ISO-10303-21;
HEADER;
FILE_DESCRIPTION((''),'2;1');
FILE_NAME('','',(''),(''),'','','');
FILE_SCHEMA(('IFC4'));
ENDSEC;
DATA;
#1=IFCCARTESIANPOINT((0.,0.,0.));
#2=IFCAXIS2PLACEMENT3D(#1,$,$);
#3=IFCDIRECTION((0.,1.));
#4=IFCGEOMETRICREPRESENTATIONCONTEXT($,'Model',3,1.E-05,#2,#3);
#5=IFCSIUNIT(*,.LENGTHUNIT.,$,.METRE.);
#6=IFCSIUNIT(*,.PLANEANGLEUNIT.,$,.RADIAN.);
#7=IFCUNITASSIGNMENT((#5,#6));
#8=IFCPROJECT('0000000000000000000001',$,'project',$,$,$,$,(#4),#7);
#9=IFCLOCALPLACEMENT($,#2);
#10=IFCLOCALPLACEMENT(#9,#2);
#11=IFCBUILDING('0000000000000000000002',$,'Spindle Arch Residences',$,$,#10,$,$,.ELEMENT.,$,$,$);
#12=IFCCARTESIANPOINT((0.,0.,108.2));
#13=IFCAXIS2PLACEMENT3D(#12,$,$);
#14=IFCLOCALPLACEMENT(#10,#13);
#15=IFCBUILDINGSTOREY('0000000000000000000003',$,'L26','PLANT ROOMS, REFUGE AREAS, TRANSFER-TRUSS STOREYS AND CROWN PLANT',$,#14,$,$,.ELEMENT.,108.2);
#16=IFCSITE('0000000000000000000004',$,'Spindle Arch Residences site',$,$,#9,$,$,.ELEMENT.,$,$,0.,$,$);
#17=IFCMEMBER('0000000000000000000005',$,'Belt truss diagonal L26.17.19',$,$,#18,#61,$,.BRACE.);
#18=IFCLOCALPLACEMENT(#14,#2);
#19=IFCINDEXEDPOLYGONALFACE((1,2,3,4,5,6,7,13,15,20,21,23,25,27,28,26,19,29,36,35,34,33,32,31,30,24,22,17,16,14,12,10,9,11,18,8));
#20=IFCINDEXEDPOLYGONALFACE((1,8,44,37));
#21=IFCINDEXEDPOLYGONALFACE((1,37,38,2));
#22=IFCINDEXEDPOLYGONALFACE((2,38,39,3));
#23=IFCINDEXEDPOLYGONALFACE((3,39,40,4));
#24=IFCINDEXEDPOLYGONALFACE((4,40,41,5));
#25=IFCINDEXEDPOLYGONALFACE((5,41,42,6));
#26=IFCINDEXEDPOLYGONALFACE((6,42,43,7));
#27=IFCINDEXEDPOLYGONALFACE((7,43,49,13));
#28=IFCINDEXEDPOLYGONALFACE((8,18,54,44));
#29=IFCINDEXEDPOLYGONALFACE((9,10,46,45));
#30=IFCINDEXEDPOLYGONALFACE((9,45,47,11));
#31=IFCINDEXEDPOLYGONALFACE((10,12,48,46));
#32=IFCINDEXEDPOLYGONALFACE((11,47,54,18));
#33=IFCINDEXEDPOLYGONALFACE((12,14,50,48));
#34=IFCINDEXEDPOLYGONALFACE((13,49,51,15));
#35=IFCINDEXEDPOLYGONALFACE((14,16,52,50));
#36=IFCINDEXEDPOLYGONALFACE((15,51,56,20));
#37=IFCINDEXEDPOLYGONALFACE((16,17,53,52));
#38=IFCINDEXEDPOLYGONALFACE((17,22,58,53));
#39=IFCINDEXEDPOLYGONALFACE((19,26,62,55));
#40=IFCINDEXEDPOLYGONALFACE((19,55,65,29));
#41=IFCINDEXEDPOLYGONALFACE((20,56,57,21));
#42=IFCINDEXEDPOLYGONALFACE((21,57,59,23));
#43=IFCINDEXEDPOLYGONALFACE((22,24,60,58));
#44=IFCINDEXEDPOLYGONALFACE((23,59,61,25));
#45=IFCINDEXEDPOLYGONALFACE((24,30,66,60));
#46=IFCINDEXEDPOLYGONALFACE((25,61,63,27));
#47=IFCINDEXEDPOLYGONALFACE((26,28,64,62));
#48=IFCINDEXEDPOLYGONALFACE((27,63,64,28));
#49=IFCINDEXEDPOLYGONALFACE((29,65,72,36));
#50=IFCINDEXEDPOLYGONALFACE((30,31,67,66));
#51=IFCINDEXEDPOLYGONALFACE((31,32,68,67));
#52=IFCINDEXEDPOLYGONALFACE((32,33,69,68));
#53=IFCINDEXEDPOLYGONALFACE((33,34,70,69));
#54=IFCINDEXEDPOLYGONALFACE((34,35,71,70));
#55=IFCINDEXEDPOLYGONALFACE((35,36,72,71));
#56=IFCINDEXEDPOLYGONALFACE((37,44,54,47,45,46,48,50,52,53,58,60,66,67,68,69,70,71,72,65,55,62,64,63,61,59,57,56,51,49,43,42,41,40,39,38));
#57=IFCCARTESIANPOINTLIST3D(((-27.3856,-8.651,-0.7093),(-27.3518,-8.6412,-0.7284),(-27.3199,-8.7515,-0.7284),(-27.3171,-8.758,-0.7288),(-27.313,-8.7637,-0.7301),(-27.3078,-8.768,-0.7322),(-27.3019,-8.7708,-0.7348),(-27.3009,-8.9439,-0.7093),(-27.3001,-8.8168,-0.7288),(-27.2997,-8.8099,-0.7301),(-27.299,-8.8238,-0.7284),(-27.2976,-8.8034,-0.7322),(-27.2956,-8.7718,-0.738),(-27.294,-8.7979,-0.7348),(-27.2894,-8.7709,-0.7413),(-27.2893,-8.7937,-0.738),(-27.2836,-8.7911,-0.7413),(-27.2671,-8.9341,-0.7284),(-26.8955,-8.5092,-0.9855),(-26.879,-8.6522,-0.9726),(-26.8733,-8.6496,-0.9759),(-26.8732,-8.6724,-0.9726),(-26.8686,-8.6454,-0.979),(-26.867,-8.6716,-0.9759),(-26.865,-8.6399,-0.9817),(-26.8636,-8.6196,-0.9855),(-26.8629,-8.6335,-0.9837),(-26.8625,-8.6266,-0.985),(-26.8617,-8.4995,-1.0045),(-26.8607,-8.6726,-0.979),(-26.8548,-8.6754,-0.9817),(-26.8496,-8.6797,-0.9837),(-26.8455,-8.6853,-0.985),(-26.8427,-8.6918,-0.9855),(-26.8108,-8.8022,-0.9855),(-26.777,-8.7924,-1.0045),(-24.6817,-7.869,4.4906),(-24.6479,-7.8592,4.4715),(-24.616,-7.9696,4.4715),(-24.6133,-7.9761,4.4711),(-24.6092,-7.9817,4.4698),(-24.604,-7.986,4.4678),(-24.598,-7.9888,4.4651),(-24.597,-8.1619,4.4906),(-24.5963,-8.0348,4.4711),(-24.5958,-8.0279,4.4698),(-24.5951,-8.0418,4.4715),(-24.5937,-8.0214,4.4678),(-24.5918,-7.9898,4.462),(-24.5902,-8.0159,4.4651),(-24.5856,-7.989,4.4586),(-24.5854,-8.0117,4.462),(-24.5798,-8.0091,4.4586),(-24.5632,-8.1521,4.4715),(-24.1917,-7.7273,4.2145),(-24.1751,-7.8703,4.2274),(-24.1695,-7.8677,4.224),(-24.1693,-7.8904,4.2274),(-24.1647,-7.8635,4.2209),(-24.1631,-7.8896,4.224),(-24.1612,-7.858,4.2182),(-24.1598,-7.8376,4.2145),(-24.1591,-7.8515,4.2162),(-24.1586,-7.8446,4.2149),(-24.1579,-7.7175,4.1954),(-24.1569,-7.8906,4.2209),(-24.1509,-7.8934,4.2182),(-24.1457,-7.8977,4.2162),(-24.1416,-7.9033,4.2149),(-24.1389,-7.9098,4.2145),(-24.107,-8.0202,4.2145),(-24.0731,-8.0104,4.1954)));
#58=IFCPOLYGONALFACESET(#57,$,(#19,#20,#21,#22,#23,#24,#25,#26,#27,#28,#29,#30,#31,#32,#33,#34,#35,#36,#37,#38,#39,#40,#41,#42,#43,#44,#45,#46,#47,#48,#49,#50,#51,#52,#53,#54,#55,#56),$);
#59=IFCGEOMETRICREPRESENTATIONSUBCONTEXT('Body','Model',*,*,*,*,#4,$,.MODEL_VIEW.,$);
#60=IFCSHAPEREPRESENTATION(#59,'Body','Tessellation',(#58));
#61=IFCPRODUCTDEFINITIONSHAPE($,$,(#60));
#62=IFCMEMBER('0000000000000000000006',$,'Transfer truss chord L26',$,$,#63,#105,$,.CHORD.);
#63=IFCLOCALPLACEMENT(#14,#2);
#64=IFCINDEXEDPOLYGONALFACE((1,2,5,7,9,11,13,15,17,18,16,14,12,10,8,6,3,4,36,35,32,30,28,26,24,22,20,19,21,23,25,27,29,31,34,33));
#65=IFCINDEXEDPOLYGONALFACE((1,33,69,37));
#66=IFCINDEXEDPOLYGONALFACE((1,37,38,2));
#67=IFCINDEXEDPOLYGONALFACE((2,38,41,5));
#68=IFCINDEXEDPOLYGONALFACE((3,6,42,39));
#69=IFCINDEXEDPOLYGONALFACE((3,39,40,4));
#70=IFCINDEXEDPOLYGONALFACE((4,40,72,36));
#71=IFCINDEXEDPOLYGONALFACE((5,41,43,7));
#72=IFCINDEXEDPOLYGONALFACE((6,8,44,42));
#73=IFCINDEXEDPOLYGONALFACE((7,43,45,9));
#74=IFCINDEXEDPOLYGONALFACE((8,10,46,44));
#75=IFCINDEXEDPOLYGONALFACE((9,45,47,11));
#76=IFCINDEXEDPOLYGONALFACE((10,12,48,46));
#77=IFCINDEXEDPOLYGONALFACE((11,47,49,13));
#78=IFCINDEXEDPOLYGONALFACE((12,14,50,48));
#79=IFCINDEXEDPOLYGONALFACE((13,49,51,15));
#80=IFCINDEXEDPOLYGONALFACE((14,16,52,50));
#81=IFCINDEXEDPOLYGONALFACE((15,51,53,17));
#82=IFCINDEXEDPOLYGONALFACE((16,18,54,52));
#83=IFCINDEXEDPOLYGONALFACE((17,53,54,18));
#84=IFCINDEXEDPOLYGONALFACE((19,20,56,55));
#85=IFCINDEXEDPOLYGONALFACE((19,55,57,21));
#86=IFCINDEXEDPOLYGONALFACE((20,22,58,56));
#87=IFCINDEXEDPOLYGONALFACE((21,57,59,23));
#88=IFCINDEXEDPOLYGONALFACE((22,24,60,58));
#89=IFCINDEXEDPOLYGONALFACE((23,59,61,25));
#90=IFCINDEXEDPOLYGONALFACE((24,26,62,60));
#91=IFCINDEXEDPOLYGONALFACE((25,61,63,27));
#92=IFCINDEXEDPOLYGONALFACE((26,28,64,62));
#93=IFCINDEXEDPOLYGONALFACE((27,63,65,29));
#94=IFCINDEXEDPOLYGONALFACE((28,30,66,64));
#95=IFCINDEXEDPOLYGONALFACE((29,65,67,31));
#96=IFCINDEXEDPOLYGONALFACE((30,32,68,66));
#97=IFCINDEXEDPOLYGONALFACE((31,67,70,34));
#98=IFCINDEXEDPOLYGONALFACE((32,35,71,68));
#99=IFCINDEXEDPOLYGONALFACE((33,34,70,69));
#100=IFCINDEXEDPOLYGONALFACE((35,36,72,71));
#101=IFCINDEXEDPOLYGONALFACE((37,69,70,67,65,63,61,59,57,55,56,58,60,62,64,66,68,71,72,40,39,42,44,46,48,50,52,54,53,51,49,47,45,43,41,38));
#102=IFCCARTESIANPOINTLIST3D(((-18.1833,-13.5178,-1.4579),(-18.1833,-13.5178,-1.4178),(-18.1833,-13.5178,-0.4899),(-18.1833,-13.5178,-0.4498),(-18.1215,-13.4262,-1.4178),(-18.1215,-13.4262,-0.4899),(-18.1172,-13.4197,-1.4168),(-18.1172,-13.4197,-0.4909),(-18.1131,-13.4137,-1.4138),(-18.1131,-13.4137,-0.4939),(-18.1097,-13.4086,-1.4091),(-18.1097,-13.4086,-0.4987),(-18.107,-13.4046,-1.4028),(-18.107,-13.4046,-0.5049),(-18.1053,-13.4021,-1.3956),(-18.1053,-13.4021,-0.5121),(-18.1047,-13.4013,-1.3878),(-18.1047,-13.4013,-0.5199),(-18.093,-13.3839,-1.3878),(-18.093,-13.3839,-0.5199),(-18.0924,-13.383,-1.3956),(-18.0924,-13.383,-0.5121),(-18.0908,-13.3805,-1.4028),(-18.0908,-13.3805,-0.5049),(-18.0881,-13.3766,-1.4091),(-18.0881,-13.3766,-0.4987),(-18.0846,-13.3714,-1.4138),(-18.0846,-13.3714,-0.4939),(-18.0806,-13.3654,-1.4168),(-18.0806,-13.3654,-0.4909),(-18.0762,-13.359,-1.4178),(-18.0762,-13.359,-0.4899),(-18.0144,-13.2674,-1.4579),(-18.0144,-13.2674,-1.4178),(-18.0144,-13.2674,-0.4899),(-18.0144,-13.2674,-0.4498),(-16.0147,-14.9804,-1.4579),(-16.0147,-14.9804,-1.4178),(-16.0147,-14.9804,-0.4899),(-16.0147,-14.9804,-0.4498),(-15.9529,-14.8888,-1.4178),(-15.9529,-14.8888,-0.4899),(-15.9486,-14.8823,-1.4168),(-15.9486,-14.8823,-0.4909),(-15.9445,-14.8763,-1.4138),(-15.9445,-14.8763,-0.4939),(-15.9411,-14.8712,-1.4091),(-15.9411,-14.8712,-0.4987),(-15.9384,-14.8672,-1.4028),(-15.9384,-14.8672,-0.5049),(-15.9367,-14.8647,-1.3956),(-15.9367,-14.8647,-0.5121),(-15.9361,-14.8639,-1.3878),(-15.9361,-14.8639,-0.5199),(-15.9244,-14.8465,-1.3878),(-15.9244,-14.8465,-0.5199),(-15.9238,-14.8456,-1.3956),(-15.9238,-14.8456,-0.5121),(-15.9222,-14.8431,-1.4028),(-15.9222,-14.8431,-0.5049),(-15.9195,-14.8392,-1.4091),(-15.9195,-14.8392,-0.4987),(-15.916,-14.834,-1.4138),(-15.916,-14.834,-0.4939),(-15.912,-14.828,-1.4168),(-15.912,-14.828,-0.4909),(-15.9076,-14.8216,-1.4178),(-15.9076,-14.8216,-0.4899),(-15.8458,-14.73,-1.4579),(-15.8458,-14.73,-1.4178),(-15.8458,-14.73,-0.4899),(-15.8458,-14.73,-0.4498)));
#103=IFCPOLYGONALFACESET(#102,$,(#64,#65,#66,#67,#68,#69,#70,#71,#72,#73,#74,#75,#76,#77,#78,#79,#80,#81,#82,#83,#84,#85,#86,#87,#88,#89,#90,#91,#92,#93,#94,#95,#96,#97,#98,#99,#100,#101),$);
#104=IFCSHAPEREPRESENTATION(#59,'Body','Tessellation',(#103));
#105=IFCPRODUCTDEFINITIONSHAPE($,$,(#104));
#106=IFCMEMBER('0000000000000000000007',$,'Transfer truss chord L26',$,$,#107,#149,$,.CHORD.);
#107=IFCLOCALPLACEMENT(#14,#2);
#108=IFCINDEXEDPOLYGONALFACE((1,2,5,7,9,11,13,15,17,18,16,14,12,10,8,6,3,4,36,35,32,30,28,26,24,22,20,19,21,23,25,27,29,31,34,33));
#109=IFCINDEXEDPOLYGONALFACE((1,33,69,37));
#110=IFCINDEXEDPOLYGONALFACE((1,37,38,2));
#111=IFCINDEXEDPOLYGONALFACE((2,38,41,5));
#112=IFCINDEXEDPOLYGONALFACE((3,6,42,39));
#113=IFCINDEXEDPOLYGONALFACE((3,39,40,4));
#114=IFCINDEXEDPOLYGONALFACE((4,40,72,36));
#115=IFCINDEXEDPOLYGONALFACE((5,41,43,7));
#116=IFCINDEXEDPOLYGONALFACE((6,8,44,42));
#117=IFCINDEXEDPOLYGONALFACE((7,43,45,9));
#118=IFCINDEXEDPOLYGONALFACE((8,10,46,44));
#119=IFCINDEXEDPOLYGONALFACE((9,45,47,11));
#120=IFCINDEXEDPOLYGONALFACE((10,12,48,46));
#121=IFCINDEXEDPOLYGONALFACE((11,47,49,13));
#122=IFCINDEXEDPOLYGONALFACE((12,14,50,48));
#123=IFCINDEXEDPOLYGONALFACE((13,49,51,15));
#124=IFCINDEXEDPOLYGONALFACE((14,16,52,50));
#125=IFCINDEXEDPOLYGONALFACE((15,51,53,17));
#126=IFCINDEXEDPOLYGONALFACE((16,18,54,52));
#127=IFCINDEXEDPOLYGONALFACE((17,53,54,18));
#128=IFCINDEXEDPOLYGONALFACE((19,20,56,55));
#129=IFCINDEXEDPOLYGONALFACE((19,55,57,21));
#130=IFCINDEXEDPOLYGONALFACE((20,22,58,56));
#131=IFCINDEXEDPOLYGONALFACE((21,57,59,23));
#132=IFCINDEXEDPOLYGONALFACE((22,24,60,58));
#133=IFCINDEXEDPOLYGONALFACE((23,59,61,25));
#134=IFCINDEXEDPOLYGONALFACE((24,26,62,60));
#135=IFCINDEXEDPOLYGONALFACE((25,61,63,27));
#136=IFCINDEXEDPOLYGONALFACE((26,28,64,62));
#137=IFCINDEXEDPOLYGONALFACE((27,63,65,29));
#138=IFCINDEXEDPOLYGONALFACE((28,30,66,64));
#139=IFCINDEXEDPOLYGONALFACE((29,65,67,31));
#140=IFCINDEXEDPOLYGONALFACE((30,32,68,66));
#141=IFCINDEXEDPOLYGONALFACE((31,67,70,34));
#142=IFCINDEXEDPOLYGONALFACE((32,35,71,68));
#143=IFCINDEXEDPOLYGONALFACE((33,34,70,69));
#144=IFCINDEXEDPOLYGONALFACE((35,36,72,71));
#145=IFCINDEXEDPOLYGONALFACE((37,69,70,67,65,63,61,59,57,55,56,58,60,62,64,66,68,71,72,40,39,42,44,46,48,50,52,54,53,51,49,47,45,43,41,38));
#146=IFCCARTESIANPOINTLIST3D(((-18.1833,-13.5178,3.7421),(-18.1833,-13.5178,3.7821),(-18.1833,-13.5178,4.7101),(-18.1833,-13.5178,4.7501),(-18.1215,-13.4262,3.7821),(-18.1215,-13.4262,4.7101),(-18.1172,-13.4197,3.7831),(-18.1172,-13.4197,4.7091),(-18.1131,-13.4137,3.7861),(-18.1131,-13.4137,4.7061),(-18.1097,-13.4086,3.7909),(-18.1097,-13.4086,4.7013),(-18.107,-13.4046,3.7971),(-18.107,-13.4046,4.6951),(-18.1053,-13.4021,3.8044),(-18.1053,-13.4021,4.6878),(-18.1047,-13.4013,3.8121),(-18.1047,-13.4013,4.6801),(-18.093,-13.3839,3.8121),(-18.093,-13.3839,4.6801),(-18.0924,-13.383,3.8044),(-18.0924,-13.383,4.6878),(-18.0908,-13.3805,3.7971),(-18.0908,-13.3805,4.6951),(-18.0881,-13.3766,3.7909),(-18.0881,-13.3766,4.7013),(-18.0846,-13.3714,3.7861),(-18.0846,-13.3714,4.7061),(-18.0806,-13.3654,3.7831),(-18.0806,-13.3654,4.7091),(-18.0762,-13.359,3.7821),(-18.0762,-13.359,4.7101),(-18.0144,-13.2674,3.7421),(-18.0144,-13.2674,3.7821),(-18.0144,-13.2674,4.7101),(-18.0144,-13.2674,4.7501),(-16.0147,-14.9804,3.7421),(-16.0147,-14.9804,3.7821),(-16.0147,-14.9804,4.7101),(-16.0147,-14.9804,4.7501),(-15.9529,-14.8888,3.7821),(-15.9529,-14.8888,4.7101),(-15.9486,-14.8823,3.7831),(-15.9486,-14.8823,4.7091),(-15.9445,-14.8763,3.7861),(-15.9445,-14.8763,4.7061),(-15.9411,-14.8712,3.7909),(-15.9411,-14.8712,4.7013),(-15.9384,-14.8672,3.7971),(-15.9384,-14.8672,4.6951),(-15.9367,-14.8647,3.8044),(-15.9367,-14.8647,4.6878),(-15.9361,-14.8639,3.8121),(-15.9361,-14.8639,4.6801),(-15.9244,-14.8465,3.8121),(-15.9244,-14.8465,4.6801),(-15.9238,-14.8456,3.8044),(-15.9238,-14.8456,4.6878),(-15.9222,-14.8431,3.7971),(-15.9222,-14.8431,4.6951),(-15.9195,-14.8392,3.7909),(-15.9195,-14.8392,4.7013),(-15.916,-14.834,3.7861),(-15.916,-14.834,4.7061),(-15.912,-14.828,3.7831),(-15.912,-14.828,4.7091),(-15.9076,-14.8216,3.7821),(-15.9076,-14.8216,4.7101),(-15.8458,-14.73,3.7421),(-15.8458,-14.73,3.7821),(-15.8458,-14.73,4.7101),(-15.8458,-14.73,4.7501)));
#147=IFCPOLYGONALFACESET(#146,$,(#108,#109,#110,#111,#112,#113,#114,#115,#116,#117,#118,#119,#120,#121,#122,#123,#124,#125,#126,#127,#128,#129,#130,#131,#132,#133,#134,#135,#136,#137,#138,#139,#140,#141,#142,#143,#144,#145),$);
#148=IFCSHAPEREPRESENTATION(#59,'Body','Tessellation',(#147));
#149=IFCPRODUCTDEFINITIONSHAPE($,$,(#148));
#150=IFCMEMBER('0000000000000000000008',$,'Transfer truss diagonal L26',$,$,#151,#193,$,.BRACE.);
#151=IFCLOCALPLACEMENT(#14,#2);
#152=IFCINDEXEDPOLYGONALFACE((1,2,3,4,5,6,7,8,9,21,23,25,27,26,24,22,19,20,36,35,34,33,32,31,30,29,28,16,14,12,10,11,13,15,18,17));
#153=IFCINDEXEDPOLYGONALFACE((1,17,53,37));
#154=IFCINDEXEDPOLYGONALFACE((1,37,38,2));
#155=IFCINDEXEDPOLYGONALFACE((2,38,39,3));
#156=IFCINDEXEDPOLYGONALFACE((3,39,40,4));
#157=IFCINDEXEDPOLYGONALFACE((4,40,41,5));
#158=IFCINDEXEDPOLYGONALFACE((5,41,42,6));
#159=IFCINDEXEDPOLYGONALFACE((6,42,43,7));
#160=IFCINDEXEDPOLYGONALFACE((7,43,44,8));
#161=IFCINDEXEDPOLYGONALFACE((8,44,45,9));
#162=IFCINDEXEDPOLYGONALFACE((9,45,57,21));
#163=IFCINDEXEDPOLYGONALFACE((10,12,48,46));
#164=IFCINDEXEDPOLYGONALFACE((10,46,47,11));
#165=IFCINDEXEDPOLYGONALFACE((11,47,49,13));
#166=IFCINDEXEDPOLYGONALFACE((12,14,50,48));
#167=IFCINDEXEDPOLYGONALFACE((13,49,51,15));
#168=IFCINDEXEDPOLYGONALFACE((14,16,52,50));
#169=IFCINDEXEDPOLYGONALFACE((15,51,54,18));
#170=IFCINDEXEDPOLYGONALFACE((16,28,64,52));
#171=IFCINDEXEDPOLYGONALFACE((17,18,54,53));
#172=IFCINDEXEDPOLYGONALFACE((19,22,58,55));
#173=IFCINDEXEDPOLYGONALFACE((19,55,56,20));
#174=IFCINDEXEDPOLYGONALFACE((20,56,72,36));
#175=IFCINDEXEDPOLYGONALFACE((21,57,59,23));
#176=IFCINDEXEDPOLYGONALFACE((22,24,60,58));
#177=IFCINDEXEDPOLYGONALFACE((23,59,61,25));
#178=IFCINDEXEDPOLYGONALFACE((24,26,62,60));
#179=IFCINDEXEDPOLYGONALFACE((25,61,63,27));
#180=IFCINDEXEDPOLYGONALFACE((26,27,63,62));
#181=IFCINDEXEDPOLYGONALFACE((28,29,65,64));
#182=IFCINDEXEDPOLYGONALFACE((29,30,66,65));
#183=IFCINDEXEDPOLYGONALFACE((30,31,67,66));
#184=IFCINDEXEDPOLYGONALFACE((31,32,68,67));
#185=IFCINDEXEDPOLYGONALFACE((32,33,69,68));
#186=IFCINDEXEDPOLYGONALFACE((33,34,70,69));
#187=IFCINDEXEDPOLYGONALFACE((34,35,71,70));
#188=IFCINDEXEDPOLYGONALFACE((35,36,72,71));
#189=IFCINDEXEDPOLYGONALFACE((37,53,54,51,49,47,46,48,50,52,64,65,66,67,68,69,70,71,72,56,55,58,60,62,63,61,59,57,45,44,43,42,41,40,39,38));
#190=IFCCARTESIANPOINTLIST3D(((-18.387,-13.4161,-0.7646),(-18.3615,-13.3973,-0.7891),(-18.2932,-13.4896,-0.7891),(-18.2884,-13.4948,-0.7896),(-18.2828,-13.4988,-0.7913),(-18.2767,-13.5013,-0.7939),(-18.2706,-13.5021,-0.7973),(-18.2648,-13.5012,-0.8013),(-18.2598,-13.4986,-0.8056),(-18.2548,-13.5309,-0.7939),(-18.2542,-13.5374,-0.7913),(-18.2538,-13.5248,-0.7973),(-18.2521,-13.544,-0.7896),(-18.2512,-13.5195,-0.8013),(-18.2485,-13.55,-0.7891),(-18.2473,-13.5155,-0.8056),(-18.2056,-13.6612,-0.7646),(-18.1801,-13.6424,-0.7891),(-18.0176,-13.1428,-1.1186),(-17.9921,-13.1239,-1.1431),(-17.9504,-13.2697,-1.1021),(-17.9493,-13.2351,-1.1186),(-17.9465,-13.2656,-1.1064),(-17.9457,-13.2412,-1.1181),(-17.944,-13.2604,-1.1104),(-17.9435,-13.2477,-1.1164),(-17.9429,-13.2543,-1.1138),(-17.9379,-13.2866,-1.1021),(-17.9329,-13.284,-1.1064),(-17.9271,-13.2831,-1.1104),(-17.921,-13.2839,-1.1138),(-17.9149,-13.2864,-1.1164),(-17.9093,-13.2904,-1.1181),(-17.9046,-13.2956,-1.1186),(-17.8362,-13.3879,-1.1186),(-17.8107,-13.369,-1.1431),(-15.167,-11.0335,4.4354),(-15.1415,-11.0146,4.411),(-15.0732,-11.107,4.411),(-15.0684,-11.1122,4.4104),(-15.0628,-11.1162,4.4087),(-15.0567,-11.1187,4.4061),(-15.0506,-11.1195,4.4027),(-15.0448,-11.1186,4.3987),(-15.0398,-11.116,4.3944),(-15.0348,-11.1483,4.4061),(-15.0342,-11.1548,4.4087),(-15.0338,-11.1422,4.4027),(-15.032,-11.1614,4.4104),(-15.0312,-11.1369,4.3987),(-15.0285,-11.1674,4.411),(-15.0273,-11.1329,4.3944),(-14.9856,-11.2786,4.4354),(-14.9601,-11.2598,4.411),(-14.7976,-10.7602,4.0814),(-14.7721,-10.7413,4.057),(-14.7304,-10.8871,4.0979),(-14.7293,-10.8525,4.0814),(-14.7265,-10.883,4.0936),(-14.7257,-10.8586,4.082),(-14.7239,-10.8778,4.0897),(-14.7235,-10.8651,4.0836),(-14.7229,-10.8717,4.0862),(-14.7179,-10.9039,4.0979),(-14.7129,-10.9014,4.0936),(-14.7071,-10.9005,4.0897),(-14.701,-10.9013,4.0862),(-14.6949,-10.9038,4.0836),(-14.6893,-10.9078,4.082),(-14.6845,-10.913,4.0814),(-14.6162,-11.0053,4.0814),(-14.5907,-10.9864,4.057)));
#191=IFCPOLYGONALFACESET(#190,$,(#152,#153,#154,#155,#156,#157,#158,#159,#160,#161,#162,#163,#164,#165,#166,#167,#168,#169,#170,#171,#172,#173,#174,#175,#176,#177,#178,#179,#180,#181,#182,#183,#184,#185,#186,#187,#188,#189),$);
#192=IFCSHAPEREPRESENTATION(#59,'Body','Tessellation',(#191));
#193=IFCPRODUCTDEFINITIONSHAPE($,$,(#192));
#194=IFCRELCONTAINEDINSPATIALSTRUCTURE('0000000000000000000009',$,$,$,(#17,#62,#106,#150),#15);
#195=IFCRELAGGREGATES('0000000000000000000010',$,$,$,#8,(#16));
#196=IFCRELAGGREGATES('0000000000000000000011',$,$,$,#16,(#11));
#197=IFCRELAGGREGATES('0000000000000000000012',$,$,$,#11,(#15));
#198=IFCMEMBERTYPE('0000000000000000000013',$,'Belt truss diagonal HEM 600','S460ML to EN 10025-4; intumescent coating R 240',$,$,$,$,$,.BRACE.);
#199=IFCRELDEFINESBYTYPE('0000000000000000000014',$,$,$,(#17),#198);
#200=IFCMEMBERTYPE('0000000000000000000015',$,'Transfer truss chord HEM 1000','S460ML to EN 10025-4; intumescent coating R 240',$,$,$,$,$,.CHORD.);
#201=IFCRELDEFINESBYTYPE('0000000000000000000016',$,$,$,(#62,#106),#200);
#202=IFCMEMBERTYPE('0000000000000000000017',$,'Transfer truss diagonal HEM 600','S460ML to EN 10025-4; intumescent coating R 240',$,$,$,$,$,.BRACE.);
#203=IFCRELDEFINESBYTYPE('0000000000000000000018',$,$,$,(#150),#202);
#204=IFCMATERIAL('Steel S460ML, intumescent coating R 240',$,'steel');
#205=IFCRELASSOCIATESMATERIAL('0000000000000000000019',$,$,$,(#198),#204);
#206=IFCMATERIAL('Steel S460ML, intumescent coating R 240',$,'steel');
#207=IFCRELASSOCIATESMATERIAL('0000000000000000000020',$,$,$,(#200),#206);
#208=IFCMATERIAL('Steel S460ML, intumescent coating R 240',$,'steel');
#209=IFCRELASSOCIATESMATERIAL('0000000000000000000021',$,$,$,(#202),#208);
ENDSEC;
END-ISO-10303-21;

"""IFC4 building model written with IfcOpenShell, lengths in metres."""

from ifc_helpers import new_model, si_unit, direction, frame, origin, origin_2d, place, context, subcontext, project, spatial, i_section, extrude, material, material_profile, profile_set, type_object, element, save


model = new_model("IFC4")

# Units and contexts
model_context = context("Model", 3, precision=1e-05, world=origin(), true_north=direction((0.0, 1.0)))
body_context = subcontext(model_context, "Body", "Model", "MODEL_VIEW")
ifc_project = project(units=[si_unit("LENGTHUNIT", "METRE"), si_unit("PLANEANGLEUNIT", "RADIAN")], contexts=[model_context])

# Site, building, storey
site_placement = place(None, origin())
site = spatial("IfcSite", under=ifc_project, at=site_placement, Name="Spindle Arch Residences site", CompositionType="ELEMENT", RefElevation=0.0)
building_placement = place(site_placement, origin())
building = spatial("IfcBuilding", under=site, at=building_placement, Name="Spindle Arch Residences", CompositionType="ELEMENT")
storey_placement = place(building_placement, frame((0.0, 0.0, 108.2)))
storey = spatial("IfcBuildingStorey", under=building, at=storey_placement, Name="L26", Description="PLANT ROOMS, REFUGE AREAS, TRANSFER-TRUSS STOREYS AND CROWN PLANT", CompositionType="ELEMENT", Elevation=108.2)

# Members
ifc_material_1 = material(Name="Steel S460ML, intumescent coating R 240", Category="steel")
ifc_material_profile_1 = material_profile(ifc_material_1, i_section(OverallWidth=0.3049, OverallDepth=0.6201, WebThickness=0.021, FlangeThickness=0.04, FilletRadius=0.0271, at=origin_2d()), Name="HEM 600")
ifc_profile_set_1 = profile_set([ifc_material_profile_1], Name="Steel S460ML, intumescent coating R 240")
member_type_1 = type_object("IfcMemberType", Name="Belt truss diagonal HEM 600", Description="S460ML to EN 10025-4; intumescent coating R 240", PredefinedType="BRACE", material=ifc_profile_set_1)
member_1_placement = place(storey_placement, frame((-27.0813, -8.7217, -0.8569), z_axis=(0.457285, 0.132251, 0.879432), x_axis=(-0.277824, 0.960632, 0.0)))
element("IfcMember", 1, at=member_1_placement, inside=storey, type_object=member_type_1, Name="Belt truss diagonal L26.17.19", PredefinedType="BRACE", context=body_context, shape_type="SweptSolid", body=[
    extrude(i_section(OverallWidth=0.3049, OverallDepth=0.6201, WebThickness=0.021, FlangeThickness=0.04, FilletRadius=0.0271, at=origin_2d()), origin(), (0.0, 0.0, 1.0), 5.9128),
])
ifc_material_2 = material(Name="Steel S460ML, intumescent coating R 240", Category="steel")
ifc_material_profile_2 = material_profile(ifc_material_2, i_section(OverallWidth=0.302, OverallDepth=1.0081, WebThickness=0.021, FlangeThickness=0.04, FilletRadius=0.03, at=origin_2d()), Name="HEM 1000")
ifc_profile_set_2 = profile_set([ifc_material_profile_2], Name="Steel S460ML, intumescent coating R 240")
member_type_2 = type_object("IfcMemberType", Name="Transfer truss chord HEM 1000", Description="S460ML to EN 10025-4; intumescent coating R 240", PredefinedType="CHORD", material=ifc_profile_set_2)
for number, where, z_axis, x_axis, name in (
    (2, (-18.0989, -13.3926, -0.9539), (0.829066, -0.559151, 0.0), (0.559151, 0.829066, 0.0), "Transfer truss chord L26"),
    (3, (-18.0989, -13.3926, 4.2461), (0.829066, -0.559151, 0.0), (0.559151, 0.829066, 0.0), "Transfer truss chord L26"),
):
    element("IfcMember", number, at=place(storey_placement, frame(where, z_axis=z_axis, x_axis=x_axis)), inside=storey, type_object=member_type_2, Name=name, PredefinedType="CHORD", context=body_context, shape_type="SweptSolid", body=[
        extrude(i_section(OverallWidth=0.302, OverallDepth=1.0081, WebThickness=0.021, FlangeThickness=0.04, FilletRadius=0.03, at=origin_2d()), origin(), (0.0, 0.0, 1.0), 2.6157),
    ])
ifc_material_3 = material(Name="Steel S460ML, intumescent coating R 240", Category="steel")
ifc_material_profile_3 = material_profile(ifc_material_3, i_section(OverallWidth=0.3049, OverallDepth=0.6201, WebThickness=0.021, FlangeThickness=0.04, FilletRadius=0.0271, at=origin_2d()), Name="HEM 600")
ifc_profile_set_3 = profile_set([ifc_material_profile_3], Name="Steel S460ML, intumescent coating R 240")
member_type_3 = type_object("IfcMemberType", Name="Transfer truss diagonal HEM 600", Description="S460ML to EN 10025-4; intumescent coating R 240", PredefinedType="BRACE", material=ifc_profile_set_3)
member_2_placement = place(storey_placement, frame((-18.0989, -13.3926, -0.9539), z_axis=(0.49056, 0.362982, 0.792209), x_axis=(-0.594809, 0.803867, 0.0)))
element("IfcMember", 4, at=member_2_placement, inside=storey, type_object=member_type_3, Name="Transfer truss diagonal L26", PredefinedType="BRACE", context=body_context, shape_type="SweptSolid", body=[
    extrude(i_section(OverallWidth=0.3049, OverallDepth=0.6201, WebThickness=0.021, FlangeThickness=0.04, FilletRadius=0.0271, at=origin_2d()), origin(), (0.0, 0.0, 1.0), 6.564),
])

save(model, "model.ifc")
